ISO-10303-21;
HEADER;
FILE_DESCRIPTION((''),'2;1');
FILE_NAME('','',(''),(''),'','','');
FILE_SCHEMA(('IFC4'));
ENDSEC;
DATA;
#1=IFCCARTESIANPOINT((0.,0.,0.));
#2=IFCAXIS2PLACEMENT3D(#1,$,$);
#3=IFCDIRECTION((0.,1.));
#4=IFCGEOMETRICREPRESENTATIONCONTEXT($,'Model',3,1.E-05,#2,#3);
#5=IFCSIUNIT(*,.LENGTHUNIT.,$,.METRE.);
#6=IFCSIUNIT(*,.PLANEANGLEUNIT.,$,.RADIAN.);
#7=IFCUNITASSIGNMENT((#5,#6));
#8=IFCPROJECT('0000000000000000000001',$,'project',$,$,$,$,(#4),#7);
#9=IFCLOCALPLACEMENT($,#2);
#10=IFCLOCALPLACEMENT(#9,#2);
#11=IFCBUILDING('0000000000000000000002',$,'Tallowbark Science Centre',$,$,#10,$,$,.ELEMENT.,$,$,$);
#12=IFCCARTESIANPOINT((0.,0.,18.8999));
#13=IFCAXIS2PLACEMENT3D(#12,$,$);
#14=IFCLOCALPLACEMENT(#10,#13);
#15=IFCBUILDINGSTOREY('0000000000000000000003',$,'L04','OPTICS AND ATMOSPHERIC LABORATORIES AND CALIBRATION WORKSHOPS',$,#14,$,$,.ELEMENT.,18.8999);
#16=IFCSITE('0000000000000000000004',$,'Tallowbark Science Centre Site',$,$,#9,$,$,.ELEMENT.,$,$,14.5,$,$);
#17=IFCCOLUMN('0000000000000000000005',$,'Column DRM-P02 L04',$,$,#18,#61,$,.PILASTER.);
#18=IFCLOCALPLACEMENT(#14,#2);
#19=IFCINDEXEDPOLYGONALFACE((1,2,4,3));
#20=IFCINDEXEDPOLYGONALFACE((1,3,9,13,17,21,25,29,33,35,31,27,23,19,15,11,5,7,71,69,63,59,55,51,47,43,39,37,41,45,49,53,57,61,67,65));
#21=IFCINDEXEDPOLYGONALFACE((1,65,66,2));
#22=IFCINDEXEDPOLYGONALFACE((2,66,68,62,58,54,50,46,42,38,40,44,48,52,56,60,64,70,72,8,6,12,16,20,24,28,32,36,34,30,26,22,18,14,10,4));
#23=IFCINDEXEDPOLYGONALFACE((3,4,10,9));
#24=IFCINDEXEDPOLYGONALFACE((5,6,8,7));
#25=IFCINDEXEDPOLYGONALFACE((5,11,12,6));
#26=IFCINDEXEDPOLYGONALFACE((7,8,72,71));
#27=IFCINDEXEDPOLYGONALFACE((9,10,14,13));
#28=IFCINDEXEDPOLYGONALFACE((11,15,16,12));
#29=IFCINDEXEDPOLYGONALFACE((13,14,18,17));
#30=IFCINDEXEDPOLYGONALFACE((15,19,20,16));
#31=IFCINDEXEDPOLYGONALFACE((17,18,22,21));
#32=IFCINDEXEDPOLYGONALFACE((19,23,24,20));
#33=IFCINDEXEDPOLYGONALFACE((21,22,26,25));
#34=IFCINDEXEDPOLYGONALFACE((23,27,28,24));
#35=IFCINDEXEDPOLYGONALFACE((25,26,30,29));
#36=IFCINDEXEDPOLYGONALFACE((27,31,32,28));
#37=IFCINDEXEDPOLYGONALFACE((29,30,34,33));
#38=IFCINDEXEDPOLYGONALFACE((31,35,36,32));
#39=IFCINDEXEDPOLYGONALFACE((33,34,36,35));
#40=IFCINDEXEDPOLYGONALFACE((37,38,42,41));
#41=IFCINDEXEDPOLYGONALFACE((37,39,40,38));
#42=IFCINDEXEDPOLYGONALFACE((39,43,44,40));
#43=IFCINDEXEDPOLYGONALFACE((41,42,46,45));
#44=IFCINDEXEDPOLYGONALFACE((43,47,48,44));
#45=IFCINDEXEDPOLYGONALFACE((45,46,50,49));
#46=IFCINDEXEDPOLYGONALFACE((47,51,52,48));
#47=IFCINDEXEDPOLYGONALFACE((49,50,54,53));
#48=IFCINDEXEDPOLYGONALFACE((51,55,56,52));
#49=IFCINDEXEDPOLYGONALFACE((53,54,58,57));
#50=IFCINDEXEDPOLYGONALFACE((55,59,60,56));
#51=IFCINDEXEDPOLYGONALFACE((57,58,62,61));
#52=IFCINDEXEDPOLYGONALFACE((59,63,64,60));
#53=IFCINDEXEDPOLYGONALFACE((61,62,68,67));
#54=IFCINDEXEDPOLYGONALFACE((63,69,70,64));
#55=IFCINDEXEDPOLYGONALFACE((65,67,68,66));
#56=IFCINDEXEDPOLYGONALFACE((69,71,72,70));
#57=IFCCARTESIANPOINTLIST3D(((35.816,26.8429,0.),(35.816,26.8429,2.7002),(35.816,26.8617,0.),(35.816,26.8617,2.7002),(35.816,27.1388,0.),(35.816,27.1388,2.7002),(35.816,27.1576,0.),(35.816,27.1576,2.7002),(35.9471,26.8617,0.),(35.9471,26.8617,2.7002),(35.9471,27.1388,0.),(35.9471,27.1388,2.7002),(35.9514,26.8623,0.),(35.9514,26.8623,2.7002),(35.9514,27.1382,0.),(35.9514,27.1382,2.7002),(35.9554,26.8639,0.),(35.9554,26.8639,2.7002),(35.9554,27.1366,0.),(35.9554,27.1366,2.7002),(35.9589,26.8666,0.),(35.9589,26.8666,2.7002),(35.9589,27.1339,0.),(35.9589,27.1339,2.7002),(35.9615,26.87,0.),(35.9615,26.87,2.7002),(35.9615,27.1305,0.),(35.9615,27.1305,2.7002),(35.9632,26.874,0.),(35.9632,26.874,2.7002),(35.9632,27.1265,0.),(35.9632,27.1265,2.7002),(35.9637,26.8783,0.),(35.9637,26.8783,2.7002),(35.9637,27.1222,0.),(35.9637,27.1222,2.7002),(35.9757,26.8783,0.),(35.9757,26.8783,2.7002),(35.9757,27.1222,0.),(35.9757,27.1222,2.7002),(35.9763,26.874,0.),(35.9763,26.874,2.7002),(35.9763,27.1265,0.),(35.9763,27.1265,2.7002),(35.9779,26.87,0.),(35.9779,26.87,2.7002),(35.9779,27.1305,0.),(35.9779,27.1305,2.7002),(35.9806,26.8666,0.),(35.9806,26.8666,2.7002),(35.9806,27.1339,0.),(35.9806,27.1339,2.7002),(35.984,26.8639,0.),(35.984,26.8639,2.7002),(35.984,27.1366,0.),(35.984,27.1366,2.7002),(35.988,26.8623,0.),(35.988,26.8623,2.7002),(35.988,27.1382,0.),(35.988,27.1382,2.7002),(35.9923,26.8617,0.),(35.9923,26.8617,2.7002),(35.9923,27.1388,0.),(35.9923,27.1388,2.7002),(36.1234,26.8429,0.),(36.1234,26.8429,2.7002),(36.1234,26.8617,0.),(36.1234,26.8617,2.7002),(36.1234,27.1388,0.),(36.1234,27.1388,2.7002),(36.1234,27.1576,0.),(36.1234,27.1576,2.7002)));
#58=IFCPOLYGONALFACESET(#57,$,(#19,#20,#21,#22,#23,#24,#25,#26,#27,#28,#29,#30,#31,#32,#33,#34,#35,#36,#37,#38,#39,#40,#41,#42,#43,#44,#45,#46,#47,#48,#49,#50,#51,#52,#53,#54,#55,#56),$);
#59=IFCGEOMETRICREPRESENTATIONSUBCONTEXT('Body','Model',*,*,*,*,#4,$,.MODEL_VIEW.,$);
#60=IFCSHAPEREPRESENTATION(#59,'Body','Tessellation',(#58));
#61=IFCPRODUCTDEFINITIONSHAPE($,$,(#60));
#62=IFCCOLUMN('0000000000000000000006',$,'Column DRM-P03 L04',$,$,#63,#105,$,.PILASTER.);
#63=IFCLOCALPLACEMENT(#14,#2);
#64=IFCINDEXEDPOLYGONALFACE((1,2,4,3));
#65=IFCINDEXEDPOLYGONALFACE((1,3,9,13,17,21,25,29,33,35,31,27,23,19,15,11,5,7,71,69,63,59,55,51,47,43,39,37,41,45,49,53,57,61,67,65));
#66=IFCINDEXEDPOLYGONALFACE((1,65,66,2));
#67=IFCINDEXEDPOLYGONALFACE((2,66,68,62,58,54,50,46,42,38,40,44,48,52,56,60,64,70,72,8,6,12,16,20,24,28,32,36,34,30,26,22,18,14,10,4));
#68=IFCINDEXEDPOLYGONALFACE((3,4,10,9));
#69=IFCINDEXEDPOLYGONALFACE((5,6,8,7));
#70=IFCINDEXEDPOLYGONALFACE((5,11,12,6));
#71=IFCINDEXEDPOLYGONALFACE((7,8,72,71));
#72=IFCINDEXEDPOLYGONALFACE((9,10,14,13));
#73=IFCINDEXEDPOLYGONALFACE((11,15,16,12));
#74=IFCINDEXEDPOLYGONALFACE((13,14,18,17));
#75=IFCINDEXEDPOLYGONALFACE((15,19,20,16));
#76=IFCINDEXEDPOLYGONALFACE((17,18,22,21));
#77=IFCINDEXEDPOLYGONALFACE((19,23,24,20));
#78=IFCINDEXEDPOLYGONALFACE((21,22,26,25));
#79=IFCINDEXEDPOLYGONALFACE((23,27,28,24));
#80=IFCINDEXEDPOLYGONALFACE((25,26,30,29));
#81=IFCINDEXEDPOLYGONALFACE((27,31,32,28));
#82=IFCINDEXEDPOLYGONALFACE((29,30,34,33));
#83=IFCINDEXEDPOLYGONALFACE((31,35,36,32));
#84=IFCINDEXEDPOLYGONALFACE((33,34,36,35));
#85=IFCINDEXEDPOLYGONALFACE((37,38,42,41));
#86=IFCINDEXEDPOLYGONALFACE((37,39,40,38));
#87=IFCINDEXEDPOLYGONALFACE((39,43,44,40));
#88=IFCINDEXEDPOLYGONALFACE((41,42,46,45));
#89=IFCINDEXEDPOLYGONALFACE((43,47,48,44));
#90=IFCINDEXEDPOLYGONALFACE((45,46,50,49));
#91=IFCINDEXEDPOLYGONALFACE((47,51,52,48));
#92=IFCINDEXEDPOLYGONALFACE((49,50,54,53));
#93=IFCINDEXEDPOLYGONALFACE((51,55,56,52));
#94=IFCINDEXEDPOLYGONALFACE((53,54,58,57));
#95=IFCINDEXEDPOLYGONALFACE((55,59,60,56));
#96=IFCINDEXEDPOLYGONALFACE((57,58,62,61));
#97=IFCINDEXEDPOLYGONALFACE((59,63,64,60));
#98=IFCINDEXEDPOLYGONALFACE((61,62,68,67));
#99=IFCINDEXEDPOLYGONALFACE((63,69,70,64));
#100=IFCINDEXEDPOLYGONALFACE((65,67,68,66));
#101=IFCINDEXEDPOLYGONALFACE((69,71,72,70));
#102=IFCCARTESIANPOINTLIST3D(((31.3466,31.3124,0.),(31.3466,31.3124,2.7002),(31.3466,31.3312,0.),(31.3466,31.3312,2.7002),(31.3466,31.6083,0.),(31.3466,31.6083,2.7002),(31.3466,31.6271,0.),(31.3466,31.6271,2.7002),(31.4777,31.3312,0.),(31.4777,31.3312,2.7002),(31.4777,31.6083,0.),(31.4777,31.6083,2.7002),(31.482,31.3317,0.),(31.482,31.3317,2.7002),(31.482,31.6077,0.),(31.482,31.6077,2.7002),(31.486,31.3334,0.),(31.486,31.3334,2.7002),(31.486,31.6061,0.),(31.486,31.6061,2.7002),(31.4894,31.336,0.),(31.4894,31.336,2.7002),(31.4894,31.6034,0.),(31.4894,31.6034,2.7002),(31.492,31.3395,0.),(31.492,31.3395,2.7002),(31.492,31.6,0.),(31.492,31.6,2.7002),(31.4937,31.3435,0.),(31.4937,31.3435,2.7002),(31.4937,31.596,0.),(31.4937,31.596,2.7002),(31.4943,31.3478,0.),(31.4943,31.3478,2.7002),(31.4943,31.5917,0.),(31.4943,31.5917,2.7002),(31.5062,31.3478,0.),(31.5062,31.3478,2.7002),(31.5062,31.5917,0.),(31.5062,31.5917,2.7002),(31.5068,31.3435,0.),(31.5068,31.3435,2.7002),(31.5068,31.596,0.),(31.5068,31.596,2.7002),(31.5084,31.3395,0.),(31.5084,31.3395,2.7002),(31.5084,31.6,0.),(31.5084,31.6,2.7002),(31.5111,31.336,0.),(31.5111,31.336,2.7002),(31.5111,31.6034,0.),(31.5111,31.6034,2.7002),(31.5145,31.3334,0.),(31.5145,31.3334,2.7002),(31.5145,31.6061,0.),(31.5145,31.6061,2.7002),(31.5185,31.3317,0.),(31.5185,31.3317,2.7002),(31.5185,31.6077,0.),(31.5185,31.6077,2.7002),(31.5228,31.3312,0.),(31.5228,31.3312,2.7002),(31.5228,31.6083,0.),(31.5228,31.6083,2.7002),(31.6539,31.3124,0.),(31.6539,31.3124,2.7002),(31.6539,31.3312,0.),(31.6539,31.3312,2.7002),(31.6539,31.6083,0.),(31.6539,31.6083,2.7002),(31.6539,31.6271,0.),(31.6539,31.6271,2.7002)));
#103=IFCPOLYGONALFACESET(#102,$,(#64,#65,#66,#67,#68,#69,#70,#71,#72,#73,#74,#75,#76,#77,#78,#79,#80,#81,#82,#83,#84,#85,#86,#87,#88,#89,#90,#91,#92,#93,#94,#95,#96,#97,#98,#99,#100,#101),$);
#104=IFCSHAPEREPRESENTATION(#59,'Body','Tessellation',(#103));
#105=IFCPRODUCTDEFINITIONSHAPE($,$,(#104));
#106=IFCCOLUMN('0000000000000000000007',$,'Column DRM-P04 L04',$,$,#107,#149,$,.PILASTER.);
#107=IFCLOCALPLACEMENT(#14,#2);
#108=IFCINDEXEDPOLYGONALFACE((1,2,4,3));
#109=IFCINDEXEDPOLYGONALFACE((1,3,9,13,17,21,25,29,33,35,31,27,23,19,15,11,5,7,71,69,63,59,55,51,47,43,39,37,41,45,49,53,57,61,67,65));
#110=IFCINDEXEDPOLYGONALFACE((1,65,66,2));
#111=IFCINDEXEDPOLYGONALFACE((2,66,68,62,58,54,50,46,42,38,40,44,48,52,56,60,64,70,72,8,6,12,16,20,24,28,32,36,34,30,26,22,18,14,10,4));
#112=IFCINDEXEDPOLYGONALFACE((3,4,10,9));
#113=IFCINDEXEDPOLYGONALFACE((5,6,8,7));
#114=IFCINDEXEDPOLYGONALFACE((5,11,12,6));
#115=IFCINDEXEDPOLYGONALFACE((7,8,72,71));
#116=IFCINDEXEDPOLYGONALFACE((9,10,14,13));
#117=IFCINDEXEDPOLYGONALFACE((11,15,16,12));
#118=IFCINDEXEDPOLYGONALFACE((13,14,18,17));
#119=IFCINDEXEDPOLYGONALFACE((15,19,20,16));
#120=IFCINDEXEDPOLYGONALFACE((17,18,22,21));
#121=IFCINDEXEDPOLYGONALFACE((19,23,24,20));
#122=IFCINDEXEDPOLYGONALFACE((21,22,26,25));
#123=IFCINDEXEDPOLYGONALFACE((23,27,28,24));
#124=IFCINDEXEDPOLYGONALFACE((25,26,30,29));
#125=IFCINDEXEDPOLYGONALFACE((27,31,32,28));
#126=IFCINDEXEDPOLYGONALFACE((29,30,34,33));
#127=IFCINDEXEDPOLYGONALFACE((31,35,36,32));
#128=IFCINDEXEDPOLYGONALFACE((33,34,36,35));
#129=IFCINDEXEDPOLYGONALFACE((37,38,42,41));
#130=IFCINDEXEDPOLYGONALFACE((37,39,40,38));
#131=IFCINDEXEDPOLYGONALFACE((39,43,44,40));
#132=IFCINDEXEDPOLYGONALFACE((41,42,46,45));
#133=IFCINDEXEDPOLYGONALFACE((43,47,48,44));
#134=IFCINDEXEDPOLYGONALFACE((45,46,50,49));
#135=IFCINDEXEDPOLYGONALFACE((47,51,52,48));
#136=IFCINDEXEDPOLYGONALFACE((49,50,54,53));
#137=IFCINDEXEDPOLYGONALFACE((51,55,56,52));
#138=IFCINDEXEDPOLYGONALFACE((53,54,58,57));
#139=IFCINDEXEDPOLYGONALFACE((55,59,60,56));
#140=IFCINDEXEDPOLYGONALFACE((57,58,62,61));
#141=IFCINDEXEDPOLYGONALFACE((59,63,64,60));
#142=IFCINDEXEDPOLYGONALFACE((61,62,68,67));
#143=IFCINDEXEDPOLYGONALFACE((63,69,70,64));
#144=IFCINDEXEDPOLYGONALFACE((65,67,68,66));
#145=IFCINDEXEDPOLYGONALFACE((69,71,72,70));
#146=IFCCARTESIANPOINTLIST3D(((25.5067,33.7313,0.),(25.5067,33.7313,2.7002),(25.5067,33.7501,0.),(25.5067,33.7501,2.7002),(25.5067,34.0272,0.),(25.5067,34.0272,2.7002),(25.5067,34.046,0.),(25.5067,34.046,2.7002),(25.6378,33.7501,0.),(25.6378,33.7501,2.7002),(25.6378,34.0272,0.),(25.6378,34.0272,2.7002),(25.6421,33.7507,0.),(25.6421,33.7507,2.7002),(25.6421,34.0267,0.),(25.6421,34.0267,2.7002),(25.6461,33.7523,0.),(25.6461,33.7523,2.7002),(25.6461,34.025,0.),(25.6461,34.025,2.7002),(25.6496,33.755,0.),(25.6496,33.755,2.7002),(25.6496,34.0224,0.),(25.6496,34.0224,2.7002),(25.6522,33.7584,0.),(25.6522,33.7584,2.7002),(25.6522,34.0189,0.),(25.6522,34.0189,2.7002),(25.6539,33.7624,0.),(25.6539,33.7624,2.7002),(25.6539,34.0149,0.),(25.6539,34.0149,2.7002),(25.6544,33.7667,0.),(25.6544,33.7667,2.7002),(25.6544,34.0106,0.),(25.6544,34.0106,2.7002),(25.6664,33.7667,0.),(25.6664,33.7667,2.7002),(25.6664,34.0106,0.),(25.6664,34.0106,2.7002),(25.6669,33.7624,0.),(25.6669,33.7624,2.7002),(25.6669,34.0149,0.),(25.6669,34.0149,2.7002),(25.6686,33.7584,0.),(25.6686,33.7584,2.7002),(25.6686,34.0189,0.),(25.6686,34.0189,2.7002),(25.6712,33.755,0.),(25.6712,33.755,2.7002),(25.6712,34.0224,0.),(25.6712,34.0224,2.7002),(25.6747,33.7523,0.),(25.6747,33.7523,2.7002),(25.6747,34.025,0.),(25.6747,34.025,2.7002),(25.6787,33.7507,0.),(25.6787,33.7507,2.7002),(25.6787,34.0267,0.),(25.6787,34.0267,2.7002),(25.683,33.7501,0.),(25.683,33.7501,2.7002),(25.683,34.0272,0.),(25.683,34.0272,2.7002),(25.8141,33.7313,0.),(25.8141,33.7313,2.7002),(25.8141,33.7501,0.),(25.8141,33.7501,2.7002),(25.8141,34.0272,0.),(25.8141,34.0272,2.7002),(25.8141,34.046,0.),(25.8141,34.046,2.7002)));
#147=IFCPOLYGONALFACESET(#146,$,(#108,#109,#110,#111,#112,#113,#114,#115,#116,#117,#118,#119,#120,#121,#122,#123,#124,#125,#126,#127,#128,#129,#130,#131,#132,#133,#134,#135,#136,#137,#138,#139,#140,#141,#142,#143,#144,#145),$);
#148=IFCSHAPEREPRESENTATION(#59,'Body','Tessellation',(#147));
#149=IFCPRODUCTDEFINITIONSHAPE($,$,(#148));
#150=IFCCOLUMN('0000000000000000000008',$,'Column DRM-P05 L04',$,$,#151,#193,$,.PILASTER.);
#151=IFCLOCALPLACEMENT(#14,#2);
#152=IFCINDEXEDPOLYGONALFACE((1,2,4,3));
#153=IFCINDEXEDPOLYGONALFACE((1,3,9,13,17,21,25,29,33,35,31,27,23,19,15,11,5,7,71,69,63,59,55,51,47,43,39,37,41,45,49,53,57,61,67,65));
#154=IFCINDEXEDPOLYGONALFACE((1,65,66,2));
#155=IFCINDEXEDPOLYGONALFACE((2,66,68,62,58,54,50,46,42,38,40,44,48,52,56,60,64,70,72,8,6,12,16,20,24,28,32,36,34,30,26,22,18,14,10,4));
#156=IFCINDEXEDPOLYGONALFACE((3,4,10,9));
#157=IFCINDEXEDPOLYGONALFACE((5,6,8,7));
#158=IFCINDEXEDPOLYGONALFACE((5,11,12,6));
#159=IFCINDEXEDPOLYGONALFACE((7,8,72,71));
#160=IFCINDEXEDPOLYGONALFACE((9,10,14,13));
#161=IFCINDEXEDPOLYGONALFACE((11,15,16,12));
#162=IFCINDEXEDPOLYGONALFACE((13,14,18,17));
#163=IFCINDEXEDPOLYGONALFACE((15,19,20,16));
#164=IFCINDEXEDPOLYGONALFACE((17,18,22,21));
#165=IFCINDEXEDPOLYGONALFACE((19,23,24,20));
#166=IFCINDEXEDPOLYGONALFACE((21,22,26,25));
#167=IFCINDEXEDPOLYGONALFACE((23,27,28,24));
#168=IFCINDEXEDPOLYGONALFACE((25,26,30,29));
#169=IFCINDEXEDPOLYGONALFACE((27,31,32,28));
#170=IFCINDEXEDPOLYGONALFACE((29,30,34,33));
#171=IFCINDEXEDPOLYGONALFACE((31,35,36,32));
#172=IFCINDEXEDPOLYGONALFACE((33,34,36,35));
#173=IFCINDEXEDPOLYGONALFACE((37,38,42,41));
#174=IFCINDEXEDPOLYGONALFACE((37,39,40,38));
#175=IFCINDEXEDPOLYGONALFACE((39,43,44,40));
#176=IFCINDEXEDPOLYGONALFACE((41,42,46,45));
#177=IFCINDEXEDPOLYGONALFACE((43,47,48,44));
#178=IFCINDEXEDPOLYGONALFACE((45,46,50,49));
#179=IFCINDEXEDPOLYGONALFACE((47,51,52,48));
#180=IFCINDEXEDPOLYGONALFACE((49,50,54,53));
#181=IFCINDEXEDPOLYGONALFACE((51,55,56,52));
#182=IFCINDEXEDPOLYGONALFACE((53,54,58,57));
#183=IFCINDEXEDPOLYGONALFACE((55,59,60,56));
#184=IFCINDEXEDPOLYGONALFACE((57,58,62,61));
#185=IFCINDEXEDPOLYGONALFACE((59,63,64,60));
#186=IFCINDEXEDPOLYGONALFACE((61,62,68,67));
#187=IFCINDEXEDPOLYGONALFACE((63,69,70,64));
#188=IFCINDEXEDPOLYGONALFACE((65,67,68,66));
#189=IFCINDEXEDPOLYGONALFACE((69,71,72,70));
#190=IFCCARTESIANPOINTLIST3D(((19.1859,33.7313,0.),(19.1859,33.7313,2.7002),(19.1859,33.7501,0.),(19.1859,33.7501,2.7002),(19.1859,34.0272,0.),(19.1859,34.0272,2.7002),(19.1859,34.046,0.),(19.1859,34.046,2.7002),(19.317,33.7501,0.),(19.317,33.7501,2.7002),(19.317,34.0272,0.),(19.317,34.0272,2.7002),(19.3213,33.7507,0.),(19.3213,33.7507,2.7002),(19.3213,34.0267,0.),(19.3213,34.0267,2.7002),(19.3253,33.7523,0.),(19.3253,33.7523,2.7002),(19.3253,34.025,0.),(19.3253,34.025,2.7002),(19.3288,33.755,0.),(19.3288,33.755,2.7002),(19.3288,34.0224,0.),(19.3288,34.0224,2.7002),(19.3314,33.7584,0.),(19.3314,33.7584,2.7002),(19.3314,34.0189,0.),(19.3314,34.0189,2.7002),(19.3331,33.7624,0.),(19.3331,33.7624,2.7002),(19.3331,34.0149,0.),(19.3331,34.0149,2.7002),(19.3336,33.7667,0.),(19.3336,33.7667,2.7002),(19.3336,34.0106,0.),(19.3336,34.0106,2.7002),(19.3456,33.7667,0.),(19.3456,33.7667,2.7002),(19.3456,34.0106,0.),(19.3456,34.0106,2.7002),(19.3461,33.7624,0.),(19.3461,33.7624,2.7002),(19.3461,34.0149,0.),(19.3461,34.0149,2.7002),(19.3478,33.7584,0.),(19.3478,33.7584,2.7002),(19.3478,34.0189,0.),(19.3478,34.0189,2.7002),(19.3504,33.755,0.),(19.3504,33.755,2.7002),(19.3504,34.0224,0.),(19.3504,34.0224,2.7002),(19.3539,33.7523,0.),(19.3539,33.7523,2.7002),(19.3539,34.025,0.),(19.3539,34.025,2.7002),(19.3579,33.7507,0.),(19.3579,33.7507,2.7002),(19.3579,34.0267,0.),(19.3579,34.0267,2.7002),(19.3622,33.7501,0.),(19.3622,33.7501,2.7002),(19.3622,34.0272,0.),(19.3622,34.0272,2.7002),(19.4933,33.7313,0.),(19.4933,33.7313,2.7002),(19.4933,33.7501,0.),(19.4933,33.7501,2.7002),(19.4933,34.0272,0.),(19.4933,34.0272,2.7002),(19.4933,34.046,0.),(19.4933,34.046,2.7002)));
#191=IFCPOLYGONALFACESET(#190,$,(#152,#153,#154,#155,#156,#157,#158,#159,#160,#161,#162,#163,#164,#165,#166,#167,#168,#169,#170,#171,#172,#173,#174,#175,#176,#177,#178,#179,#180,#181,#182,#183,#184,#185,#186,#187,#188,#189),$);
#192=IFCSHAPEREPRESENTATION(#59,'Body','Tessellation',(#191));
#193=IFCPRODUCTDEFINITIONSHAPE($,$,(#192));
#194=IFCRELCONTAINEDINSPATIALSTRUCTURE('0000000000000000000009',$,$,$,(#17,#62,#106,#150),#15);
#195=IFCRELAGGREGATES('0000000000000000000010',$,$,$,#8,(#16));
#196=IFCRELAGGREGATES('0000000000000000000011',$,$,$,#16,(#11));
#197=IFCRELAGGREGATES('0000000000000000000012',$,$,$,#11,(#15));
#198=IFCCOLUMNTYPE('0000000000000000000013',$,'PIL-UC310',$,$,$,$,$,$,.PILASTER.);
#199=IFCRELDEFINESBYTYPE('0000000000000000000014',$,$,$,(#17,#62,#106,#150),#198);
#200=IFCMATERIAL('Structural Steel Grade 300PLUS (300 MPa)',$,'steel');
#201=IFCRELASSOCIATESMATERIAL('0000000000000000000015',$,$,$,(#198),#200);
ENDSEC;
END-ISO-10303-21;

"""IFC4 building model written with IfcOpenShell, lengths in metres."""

from ifc_helpers import new_model, si_unit, direction, frame, origin, origin_2d, place, context, subcontext, project, spatial, i_section, extrude, material, material_profile, profile_set, type_object, element, save


model = new_model("IFC4")

# Units and contexts
model_context = context("Model", 3, precision=1e-05, world=origin(), true_north=direction((0.0, 1.0)))
body_context = subcontext(model_context, "Body", "Model", "MODEL_VIEW")
ifc_project = project(units=[si_unit("LENGTHUNIT", "METRE"), si_unit("PLANEANGLEUNIT", "RADIAN")], contexts=[model_context])

# Site, building, storey
site_placement = place(None, origin())
site = spatial("IfcSite", under=ifc_project, at=site_placement, Name="Tallowbark Science Centre Site", CompositionType="ELEMENT", RefElevation=14.5)
building_placement = place(site_placement, origin())
building = spatial("IfcBuilding", under=site, at=building_placement, Name="Tallowbark Science Centre", CompositionType="ELEMENT")
storey_placement = place(building_placement, frame((0.0, 0.0, 18.8999)))
storey = spatial("IfcBuildingStorey", under=building, at=storey_placement, Name="L04", Description="OPTICS AND ATMOSPHERIC LABORATORIES AND CALIBRATION WORKSHOPS", CompositionType="ELEMENT", Elevation=18.8999)

# Columns
ifc_material_1 = material(Name="Structural Steel Grade 300PLUS (300 MPa)", Category="steel")
ifc_material_profile_1 = material_profile(ifc_material_1, i_section(OverallWidth=0.3074, OverallDepth=0.3147, WebThickness=0.012, FlangeThickness=0.0188, FilletRadius=0.0166, at=origin_2d()), Name="310UC118")
ifc_profile_set_1 = profile_set([ifc_material_profile_1], Name="Structural Steel Grade 300PLUS (300 MPa)")
column_type = type_object("IfcColumnType", Name="PIL-UC310", PredefinedType="PILASTER", material=ifc_profile_set_1)
for number, where, z_axis, x_axis, name in (
    (1, (35.9697, 27.0002, 0.0), (0.0, 0.0, 1.0), (1.0, 0.0, 0.0), "Column DRM-P02 L04"),
    (2, (31.5002, 31.4697, 0.0), (0.0, 0.0, 1.0), (1.0, 0.0, 0.0), "Column DRM-P03 L04"),
    (3, (25.6604, 33.8887, 0.0), (0.0, 0.0, 1.0), (1.0, 0.0, 0.0), "Column DRM-P04 L04"),
    (4, (19.3396, 33.8887, 0.0), (0.0, 0.0, 1.0), (1.0, 0.0, 0.0), "Column DRM-P05 L04"),
):
    element("IfcColumn", number, at=place(storey_placement, frame(where, z_axis=z_axis, x_axis=x_axis)), inside=storey, type_object=column_type, Name=name, PredefinedType="PILASTER", context=body_context, shape_type="SweptSolid", body=[
        extrude(i_section(OverallWidth=0.3074, OverallDepth=0.3147, WebThickness=0.012, FlangeThickness=0.0188, FilletRadius=0.0166, at=origin_2d()), origin(), (0.0, 0.0, 1.0), 2.7002),
    ])

save(model, "model.ifc")
